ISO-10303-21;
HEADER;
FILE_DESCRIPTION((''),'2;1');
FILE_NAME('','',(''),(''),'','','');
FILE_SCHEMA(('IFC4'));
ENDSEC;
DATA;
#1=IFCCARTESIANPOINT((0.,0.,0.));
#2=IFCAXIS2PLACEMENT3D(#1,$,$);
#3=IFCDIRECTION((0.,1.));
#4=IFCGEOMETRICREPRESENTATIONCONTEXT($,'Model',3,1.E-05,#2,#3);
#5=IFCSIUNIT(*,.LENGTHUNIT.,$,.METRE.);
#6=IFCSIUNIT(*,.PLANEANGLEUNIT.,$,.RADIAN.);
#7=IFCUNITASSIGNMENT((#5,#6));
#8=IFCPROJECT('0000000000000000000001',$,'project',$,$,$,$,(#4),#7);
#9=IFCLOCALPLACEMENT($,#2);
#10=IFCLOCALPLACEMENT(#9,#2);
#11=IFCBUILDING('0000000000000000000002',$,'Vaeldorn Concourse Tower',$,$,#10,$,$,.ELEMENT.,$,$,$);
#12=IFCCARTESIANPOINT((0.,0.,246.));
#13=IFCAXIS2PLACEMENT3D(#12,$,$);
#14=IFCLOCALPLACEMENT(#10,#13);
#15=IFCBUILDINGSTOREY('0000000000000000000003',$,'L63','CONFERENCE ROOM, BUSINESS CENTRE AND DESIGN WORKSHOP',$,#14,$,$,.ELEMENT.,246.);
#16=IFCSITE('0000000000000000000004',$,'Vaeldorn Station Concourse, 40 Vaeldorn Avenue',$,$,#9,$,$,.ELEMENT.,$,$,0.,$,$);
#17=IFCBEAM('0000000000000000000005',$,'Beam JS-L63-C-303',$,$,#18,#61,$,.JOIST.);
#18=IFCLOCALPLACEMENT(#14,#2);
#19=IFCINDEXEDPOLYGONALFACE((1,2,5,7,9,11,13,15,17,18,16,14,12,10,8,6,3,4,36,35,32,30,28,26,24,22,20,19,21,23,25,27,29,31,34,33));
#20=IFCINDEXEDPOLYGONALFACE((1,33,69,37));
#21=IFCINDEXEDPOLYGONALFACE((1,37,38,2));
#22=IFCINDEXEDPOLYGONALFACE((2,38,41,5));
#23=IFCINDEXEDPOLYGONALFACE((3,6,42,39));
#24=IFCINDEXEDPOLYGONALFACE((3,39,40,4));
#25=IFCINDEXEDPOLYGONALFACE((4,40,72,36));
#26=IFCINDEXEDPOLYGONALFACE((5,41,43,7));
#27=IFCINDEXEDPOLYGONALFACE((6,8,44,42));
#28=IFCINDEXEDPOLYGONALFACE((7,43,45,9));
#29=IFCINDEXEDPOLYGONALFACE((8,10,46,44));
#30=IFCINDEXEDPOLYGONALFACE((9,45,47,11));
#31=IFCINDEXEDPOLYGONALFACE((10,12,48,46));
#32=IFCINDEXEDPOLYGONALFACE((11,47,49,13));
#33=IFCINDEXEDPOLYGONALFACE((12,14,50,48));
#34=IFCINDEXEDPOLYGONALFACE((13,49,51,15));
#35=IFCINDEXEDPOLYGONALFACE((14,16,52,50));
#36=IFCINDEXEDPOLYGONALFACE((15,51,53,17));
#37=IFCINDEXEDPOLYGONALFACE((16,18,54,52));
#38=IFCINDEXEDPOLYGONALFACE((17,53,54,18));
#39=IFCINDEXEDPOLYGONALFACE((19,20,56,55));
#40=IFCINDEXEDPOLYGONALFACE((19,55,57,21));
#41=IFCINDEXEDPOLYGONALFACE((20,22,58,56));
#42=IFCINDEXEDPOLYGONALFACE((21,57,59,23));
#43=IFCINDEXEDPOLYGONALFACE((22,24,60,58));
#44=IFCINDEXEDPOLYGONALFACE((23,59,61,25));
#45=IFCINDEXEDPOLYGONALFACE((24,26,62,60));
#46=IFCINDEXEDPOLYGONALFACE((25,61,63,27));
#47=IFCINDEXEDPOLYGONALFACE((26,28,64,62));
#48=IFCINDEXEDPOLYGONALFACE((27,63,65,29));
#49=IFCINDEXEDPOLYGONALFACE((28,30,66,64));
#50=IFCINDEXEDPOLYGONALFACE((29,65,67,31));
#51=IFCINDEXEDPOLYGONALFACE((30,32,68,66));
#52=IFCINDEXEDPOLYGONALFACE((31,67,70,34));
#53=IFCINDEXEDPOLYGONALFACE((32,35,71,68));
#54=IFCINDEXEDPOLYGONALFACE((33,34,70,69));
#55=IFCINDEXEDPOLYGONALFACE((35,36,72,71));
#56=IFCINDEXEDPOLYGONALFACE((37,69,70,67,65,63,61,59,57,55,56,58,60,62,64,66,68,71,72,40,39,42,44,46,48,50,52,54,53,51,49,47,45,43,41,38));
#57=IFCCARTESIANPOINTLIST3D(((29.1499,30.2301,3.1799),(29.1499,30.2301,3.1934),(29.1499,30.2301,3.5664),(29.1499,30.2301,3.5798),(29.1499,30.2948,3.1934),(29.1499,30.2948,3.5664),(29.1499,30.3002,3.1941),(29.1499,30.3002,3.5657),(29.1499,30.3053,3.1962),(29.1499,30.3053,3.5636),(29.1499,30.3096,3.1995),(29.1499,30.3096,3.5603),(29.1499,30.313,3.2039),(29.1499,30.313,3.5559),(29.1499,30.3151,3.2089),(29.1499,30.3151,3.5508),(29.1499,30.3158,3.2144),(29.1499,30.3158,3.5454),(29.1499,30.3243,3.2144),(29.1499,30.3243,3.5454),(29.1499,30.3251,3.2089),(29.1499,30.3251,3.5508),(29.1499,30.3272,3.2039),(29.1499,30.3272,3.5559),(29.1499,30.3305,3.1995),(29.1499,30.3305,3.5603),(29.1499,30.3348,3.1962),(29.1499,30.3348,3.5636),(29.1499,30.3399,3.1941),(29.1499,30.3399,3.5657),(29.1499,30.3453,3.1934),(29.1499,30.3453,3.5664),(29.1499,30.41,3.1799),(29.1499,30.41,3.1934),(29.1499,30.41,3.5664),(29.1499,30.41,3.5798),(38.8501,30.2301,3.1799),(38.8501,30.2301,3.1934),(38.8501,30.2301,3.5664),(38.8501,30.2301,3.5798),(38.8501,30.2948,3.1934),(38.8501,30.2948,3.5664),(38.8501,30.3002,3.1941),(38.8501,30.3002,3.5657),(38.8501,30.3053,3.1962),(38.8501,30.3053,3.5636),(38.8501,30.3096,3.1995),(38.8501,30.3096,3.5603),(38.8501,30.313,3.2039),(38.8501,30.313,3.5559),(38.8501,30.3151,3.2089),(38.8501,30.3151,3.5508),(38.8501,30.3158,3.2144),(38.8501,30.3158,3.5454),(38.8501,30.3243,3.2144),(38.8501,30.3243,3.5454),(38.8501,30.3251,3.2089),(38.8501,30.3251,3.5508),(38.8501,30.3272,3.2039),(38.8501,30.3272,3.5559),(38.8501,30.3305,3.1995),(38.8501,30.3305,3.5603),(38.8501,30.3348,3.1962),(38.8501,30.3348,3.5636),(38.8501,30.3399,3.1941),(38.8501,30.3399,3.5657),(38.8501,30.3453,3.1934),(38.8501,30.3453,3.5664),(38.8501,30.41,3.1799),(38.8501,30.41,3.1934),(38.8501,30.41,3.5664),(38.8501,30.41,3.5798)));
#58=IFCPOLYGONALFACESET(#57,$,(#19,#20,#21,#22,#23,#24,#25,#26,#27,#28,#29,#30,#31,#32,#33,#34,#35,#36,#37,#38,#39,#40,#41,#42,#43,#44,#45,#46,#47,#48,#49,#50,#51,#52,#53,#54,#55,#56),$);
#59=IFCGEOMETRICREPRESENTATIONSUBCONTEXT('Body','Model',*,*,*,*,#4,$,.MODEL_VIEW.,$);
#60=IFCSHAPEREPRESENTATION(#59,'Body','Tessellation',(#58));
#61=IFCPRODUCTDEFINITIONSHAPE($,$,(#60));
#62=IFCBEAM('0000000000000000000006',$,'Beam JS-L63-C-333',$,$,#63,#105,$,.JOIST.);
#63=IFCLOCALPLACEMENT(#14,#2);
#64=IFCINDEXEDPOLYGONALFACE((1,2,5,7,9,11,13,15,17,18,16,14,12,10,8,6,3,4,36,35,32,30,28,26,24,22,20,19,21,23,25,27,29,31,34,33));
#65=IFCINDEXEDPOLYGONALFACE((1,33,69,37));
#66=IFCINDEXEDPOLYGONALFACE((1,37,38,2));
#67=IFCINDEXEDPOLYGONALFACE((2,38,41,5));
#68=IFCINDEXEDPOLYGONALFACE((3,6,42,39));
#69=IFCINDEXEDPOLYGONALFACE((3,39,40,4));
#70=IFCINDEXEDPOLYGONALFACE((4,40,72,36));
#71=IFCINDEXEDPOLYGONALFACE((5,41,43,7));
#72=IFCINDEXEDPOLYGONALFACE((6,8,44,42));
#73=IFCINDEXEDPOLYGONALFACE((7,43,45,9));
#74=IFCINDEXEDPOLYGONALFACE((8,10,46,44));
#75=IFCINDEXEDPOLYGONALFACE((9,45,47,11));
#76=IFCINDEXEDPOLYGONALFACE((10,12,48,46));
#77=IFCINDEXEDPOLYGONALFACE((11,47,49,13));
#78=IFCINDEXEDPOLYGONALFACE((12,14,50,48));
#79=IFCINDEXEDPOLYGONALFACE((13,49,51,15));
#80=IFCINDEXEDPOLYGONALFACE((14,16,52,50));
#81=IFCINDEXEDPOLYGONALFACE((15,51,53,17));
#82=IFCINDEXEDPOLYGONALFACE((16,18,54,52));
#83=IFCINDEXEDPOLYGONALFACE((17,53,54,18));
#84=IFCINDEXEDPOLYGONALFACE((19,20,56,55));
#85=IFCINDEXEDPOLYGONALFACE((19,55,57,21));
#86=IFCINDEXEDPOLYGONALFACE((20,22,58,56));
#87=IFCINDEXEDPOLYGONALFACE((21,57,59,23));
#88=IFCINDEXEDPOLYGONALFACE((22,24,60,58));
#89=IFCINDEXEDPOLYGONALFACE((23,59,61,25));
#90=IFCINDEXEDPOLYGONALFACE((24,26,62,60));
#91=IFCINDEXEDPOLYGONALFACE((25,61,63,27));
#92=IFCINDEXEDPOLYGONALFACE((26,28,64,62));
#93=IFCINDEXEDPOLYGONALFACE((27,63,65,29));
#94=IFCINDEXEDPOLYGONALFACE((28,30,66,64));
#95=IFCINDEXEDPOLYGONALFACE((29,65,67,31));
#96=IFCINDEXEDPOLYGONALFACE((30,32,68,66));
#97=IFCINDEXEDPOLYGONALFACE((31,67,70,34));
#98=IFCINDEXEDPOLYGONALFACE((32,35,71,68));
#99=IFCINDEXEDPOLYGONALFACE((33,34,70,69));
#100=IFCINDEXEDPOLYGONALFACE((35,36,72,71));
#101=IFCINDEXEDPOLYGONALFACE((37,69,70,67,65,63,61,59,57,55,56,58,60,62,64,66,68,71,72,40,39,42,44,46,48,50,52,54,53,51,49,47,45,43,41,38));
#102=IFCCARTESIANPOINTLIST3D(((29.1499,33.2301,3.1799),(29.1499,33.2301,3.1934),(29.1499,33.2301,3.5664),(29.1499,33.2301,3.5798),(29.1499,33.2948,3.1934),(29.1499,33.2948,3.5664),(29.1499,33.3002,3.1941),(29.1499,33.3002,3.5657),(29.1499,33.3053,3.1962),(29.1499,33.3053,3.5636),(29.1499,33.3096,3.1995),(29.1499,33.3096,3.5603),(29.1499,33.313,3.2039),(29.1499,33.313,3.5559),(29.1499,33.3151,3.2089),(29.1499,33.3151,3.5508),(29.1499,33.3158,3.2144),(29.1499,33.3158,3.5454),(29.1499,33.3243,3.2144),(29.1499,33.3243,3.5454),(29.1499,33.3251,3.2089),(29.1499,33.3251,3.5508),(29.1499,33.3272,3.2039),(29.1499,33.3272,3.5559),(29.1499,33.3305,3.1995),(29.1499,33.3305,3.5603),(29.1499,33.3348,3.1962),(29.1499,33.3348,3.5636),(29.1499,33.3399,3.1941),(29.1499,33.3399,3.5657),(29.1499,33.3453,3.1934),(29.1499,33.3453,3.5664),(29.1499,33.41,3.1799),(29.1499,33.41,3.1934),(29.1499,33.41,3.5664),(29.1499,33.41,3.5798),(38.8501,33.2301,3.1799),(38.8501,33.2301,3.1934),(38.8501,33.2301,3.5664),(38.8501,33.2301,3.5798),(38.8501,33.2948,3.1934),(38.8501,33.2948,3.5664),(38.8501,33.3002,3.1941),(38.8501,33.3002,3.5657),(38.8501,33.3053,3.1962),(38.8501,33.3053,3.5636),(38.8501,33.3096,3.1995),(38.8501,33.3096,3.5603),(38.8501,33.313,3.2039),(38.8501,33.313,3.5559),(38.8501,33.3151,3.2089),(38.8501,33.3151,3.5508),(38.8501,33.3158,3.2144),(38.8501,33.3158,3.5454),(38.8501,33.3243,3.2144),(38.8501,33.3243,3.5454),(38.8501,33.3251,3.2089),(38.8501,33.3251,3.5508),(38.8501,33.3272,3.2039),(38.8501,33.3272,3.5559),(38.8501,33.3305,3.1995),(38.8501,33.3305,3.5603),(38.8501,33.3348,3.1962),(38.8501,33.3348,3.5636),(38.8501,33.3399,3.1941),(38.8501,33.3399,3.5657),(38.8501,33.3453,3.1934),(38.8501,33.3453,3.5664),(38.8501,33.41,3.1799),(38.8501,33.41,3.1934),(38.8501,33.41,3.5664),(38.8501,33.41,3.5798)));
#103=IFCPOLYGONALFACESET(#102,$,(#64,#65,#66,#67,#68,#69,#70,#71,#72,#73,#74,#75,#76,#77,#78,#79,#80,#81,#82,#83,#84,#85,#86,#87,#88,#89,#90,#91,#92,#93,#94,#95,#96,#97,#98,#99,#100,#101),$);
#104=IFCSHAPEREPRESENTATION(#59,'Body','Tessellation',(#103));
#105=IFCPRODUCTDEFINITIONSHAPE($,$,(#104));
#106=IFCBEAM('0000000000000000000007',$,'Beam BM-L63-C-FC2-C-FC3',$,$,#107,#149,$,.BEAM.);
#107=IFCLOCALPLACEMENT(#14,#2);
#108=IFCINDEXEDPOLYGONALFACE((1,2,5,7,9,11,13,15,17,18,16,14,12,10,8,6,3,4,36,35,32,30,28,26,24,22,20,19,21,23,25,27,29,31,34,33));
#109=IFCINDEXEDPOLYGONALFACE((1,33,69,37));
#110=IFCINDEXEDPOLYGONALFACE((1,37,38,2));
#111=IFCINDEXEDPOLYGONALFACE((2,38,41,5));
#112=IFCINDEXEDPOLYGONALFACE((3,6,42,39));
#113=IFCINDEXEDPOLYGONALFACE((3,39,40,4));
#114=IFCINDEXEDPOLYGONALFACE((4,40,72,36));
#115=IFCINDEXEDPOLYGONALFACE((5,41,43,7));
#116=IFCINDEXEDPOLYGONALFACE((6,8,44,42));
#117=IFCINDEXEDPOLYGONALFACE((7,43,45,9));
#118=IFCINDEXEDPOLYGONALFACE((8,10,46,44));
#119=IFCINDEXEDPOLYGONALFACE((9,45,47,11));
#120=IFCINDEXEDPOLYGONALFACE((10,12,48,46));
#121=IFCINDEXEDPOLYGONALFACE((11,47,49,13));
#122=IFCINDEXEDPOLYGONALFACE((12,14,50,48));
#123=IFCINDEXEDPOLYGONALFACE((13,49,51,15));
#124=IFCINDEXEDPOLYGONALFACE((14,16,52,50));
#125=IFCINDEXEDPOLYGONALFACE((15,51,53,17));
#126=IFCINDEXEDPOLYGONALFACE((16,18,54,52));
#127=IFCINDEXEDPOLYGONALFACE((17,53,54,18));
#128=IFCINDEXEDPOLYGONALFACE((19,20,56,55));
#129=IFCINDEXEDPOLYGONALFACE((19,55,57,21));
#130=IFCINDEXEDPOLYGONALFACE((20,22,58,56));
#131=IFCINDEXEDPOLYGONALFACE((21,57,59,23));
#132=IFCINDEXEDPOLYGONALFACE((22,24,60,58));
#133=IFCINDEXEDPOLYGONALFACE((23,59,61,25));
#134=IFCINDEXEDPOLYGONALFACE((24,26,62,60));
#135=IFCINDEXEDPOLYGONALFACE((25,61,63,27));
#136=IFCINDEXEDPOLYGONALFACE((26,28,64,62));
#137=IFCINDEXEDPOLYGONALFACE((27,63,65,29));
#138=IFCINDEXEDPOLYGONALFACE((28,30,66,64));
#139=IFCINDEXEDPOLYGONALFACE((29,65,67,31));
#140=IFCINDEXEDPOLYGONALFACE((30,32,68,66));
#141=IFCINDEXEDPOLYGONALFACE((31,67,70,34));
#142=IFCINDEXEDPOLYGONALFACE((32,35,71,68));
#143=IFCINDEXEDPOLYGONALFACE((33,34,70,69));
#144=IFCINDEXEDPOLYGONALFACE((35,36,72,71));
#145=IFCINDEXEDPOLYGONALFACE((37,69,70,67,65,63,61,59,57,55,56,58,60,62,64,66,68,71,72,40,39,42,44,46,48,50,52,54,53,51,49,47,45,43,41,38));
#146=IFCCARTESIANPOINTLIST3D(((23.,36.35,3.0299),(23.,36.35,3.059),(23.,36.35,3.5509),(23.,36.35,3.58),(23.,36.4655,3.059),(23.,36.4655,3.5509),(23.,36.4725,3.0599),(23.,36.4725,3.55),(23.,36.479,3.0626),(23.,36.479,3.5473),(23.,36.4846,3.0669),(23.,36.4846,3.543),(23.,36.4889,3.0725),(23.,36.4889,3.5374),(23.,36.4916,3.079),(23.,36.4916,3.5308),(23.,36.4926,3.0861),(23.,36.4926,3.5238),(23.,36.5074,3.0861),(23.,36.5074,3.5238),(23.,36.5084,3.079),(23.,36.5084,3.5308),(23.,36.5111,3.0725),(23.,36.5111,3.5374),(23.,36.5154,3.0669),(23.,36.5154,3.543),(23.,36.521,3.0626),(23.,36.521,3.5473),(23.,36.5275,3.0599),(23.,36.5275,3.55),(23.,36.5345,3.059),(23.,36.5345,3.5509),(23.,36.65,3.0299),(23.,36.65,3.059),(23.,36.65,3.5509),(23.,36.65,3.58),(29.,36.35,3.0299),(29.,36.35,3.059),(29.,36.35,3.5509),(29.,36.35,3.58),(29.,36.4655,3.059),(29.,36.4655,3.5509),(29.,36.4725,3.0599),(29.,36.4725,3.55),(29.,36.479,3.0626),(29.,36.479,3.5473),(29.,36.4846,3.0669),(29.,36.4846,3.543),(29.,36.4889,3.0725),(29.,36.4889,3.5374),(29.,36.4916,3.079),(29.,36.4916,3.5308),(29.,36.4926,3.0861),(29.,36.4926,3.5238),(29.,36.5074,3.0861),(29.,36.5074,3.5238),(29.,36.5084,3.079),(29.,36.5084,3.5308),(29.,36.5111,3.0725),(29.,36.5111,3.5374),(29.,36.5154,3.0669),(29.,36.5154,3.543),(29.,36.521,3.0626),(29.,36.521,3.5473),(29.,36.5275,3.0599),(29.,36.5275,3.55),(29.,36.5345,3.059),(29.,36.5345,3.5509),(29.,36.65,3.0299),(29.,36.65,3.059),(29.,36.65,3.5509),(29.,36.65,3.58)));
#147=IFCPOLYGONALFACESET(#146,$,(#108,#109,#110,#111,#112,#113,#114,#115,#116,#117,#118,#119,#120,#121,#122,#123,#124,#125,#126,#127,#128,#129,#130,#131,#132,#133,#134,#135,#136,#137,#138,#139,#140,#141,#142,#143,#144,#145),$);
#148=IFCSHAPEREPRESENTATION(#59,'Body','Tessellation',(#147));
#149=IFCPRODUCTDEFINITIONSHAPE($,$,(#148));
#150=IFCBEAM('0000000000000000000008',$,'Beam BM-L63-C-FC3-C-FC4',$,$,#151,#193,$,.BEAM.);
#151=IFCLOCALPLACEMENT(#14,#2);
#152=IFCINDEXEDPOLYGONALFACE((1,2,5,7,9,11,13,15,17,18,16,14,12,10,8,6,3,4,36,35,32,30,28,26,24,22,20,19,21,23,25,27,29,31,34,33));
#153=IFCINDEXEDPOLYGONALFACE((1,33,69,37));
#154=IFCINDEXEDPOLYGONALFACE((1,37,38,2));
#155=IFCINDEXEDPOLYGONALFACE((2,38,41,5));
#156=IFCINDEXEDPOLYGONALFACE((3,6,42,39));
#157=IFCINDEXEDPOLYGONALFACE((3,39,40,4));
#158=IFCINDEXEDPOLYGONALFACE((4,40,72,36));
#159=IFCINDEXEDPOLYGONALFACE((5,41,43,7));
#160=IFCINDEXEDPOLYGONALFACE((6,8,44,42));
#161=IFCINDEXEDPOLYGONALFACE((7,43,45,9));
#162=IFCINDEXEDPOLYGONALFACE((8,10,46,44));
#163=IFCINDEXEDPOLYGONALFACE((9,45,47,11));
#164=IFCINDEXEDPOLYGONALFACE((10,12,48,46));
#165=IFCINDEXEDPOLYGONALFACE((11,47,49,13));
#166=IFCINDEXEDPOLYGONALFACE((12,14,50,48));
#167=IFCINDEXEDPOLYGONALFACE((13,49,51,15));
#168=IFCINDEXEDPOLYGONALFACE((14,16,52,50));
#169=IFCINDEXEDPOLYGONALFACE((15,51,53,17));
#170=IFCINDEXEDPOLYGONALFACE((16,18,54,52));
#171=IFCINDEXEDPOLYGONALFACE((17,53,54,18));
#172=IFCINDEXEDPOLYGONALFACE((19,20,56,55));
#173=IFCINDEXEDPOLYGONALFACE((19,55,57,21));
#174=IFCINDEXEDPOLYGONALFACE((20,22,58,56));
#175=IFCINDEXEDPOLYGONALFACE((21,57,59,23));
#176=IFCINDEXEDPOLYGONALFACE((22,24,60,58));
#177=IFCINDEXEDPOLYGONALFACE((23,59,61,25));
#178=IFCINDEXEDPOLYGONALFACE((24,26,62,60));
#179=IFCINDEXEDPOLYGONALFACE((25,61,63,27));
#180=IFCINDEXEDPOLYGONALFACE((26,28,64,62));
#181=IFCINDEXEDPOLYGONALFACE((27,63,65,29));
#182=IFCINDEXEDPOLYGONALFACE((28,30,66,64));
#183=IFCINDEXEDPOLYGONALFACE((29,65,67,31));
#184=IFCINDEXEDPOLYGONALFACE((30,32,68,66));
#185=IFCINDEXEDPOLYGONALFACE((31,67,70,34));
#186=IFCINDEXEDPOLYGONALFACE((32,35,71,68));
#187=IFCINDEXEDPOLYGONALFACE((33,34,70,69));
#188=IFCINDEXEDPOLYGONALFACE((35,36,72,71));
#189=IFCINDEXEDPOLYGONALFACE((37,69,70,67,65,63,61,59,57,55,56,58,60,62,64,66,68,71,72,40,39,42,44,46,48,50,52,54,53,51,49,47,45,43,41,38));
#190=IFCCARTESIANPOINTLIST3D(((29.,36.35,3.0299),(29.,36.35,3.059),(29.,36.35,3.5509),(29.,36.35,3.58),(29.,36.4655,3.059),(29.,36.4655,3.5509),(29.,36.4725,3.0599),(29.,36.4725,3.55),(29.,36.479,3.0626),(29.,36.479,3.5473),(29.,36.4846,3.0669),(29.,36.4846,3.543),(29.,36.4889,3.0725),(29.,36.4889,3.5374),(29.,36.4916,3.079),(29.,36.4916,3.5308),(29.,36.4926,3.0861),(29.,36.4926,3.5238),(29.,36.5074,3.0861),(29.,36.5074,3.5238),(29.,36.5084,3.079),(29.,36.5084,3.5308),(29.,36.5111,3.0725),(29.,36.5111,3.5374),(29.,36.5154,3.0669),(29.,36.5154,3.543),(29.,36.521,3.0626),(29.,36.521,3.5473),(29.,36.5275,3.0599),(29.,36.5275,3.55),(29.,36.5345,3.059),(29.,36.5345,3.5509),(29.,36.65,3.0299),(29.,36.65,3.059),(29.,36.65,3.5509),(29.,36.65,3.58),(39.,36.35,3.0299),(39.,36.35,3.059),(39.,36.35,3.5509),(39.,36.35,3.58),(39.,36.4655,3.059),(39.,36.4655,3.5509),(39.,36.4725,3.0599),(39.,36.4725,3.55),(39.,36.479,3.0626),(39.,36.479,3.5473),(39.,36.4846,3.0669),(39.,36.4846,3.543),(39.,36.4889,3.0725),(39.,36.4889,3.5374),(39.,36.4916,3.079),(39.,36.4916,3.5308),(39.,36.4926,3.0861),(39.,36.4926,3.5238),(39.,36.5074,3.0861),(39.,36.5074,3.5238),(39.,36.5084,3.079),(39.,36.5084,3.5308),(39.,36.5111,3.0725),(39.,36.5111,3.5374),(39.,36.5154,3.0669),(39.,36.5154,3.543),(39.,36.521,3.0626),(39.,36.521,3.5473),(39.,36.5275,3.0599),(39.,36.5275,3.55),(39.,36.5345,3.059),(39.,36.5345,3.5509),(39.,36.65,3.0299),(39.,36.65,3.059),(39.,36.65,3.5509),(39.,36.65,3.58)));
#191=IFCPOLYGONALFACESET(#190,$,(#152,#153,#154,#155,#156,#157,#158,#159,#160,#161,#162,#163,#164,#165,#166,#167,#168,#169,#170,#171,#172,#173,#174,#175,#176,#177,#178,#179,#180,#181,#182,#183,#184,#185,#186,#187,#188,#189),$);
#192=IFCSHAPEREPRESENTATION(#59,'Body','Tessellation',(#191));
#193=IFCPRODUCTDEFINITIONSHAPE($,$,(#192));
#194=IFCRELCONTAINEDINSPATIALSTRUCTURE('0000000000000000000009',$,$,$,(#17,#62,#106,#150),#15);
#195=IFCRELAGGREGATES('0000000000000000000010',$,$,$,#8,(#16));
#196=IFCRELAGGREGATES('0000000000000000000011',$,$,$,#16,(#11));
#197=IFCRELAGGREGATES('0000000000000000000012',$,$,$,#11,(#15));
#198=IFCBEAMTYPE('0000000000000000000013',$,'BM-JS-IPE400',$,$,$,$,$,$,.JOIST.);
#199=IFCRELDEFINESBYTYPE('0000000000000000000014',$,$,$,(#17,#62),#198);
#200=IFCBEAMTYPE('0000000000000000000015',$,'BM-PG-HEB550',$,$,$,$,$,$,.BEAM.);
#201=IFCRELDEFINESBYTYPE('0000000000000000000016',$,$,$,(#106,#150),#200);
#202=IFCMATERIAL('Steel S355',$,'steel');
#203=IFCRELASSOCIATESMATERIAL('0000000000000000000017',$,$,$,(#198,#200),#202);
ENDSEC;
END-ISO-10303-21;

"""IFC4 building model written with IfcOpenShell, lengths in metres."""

from ifc_helpers import new_model, si_unit, direction, frame, origin, origin_2d, place, context, subcontext, project, spatial, i_section, extrude, source, transform, mapped, material, material_profile, profile_set, type_object, element, save


model = new_model("IFC4")

# Units and contexts
model_context = context("Model", 3, precision=1e-05, world=origin(), true_north=direction((0.0, 1.0)))
body_context = subcontext(model_context, "Body", "Model", "MODEL_VIEW")
ifc_project = project(units=[si_unit("LENGTHUNIT", "METRE"), si_unit("PLANEANGLEUNIT", "RADIAN")], contexts=[model_context])

# Site, building, storey
site_placement = place(None, origin())
site = spatial("IfcSite", under=ifc_project, at=site_placement, Name="Vaeldorn Station Concourse, 40 Vaeldorn Avenue", CompositionType="ELEMENT", RefElevation=0.0)
building_placement = place(site_placement, origin())
building = spatial("IfcBuilding", under=site, at=building_placement, Name="Vaeldorn Concourse Tower", CompositionType="ELEMENT")
storey_placement = place(building_placement, frame((0.0, 0.0, 246.0)))
storey = spatial("IfcBuildingStorey", under=building, at=storey_placement, Name="L63", Description="CONFERENCE ROOM, BUSINESS CENTRE AND DESIGN WORKSHOP", CompositionType="ELEMENT", Elevation=246.0)

# Beams
ifc_material_1 = material(Name="Steel S355", Category="steel")
ifc_material_profile_1 = material_profile(ifc_material_1, i_section(OverallWidth=0.1799, OverallDepth=0.3999, WebThickness=0.0085, FlangeThickness=0.0134, FilletRadius=0.021, at=origin_2d()), Name="IPE 400")
ifc_profile_set_1 = profile_set([ifc_material_profile_1], Name="Steel S355")
beam_type_1 = type_object("IfcBeamType", Name="BM-JS-IPE400", PredefinedType="JOIST", material=ifc_profile_set_1)
shared_shape_1 = source(origin(), body_context, "Body", "SweptSolid", [
    extrude(i_section(OverallWidth=0.1799, OverallDepth=0.3999, WebThickness=0.0085, FlangeThickness=0.0134, FilletRadius=0.021, at=origin_2d()), origin(), (0.0, 0.0, 1.0), 9.7002),
])
for number, where, z_axis, x_axis, name in (
    (1, (29.1499, 30.3201, 3.3799), (1.0, 0.0, 0.0), (0.0, 1.0, 0.0), "Beam JS-L63-C-303"),
    (2, (29.1499, 33.3201, 3.3799), (1.0, 0.0, 0.0), (0.0, 1.0, 0.0), "Beam JS-L63-C-333"),
):
    element("IfcBeam", number, at=place(storey_placement, frame(where, z_axis=z_axis, x_axis=x_axis)), inside=storey, type_object=beam_type_1, Name=name, PredefinedType="JOIST", context=body_context, shape_type="MappedRepresentation", body=[
        mapped(shared_shape_1, transform((0.0, 0.0, 0.0), scale=1.0)),
    ])
ifc_material_profile_2 = material_profile(ifc_material_1, i_section(OverallWidth=0.3, OverallDepth=0.55, WebThickness=0.0149, FlangeThickness=0.0291, FilletRadius=0.0271, at=origin_2d()), Name="HEB 550")
ifc_profile_set_2 = profile_set([ifc_material_profile_2], Name="Steel S355")
beam_type_2 = type_object("IfcBeamType", Name="BM-PG-HEB550", PredefinedType="BEAM", material=ifc_profile_set_2)
shared_shape_2 = source(origin(), body_context, "Body", "SweptSolid", [
    extrude(i_section(OverallWidth=0.3, OverallDepth=0.55, WebThickness=0.0149, FlangeThickness=0.0291, FilletRadius=0.0271, at=origin_2d()), origin(), (0.0, 0.0, 1.0), 6.0),
])
beam_1_placement = place(storey_placement, frame((23.0, 36.5, 3.3049), z_axis=(1.0, 0.0, 0.0), x_axis=(0.0, 1.0, 0.0)))
element("IfcBeam", 3, at=beam_1_placement, inside=storey, type_object=beam_type_2, Name="Beam BM-L63-C-FC2-C-FC3", PredefinedType="BEAM", context=body_context, shape_type="MappedRepresentation", body=[
    mapped(shared_shape_2, transform((0.0, 0.0, 0.0), scale=1.0)),
])
shared_shape_3 = source(origin(), body_context, "Body", "SweptSolid", [
    extrude(i_section(OverallWidth=0.3, OverallDepth=0.55, WebThickness=0.0149, FlangeThickness=0.0291, FilletRadius=0.0271, at=origin_2d()), origin(), (0.0, 0.0, 1.0), 10.0),
])
beam_2_placement = place(storey_placement, frame((29.0, 36.5, 3.3049), z_axis=(1.0, 0.0, 0.0), x_axis=(0.0, 1.0, 0.0)))
element("IfcBeam", 4, at=beam_2_placement, inside=storey, type_object=beam_type_2, Name="Beam BM-L63-C-FC3-C-FC4", PredefinedType="BEAM", context=body_context, shape_type="MappedRepresentation", body=[
    mapped(shared_shape_3, transform((0.0, 0.0, 0.0), scale=1.0)),
])

save(model, "model.ifc")
